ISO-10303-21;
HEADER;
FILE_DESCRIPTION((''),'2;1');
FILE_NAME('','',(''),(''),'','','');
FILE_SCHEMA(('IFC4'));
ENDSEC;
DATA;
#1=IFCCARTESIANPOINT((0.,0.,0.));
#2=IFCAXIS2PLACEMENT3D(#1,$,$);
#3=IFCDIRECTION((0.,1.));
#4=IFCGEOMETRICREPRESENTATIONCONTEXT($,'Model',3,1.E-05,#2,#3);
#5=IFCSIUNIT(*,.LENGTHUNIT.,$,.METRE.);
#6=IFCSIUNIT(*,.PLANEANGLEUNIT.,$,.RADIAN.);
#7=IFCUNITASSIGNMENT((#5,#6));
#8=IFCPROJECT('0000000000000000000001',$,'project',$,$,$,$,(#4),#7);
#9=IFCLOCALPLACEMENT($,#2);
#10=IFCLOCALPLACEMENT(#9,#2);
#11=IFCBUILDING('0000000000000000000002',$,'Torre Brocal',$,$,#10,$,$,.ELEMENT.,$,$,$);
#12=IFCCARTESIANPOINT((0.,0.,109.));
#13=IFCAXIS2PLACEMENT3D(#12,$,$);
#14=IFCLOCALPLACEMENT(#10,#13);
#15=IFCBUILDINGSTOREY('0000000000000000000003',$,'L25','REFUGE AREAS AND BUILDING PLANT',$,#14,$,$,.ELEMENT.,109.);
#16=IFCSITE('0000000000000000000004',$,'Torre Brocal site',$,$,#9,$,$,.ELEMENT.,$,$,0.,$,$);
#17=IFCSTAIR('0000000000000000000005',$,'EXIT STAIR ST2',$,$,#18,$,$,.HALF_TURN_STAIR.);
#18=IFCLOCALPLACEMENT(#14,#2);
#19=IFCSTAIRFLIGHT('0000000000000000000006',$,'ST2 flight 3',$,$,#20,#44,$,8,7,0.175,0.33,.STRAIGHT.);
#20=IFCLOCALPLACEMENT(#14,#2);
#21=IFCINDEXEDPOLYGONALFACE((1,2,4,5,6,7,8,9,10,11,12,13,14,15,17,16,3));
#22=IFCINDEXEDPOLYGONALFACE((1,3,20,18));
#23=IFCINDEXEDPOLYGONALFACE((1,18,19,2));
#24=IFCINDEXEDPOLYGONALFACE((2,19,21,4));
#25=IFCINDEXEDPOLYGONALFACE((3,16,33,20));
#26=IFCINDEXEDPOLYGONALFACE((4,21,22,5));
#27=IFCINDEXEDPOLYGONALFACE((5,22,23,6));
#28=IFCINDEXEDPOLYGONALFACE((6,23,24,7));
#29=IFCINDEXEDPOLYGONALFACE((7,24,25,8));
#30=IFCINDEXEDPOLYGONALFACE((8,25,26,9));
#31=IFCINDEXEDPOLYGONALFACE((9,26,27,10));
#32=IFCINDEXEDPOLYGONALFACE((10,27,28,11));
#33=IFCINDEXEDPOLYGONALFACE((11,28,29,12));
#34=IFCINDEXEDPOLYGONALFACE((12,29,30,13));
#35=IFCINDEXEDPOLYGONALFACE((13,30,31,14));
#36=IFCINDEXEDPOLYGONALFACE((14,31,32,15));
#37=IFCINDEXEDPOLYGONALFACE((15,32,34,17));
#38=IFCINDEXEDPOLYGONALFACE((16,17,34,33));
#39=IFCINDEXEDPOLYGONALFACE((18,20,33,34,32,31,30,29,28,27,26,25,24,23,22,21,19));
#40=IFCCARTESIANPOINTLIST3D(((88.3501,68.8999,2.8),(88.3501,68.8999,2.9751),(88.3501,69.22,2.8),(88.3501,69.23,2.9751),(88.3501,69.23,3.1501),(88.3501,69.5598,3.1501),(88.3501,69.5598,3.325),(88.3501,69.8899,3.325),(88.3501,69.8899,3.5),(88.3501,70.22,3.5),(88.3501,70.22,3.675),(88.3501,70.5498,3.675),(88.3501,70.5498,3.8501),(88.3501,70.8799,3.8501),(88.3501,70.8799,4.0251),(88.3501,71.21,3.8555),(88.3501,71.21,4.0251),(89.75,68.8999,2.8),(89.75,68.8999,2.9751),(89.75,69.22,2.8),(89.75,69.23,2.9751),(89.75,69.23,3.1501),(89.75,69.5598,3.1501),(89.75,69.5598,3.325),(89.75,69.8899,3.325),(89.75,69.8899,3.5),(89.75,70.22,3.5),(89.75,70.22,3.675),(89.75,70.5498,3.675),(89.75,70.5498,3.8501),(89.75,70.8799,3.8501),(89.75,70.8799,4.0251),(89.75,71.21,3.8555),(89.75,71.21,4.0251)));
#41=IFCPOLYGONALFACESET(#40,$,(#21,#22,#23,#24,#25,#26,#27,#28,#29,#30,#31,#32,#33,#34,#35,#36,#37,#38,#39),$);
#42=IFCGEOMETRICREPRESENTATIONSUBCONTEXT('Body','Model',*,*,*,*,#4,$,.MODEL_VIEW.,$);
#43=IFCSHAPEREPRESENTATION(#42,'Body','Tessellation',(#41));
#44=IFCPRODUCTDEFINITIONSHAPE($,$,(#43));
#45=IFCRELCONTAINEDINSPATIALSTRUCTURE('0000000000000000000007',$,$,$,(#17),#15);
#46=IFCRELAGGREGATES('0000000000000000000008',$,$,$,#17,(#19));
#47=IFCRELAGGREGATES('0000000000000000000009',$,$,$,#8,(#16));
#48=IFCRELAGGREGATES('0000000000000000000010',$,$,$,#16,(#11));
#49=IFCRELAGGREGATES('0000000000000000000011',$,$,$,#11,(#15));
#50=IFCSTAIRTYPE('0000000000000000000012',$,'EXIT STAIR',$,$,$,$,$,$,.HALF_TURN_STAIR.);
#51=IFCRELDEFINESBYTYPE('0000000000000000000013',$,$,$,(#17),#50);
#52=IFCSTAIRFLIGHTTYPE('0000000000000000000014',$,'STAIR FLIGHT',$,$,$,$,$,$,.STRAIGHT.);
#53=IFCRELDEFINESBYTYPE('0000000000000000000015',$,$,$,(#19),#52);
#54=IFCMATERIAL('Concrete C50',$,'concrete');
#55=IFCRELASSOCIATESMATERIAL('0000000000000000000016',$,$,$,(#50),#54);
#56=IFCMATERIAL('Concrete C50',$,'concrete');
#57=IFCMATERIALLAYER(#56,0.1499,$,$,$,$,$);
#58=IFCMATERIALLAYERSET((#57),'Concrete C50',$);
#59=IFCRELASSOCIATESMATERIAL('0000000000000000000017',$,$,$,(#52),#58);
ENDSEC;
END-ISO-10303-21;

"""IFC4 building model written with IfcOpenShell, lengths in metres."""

from ifc_helpers import new_model, si_unit, direction, frame, origin, place, context, subcontext, project, spatial, polyline, outline, extrude, material, layer, layer_set, type_object, element, aggregate, save


model = new_model("IFC4")

# Units and contexts
model_context = context("Model", 3, precision=1e-05, world=origin(), true_north=direction((0.0, 1.0)))
body_context = subcontext(model_context, "Body", "Model", "MODEL_VIEW")
ifc_project = project(units=[si_unit("LENGTHUNIT", "METRE"), si_unit("PLANEANGLEUNIT", "RADIAN")], contexts=[model_context])

# Site, building, storey
site_placement = place(None, origin())
site = spatial("IfcSite", under=ifc_project, at=site_placement, Name="Torre Brocal site", CompositionType="ELEMENT", RefElevation=0.0)
building_placement = place(site_placement, origin())
building = spatial("IfcBuilding", under=site, at=building_placement, Name="Torre Brocal", CompositionType="ELEMENT")
storey_placement = place(building_placement, frame((0.0, 0.0, 109.0)))
storey = spatial("IfcBuildingStorey", under=building, at=storey_placement, Name="L25", Description="REFUGE AREAS AND BUILDING PLANT", CompositionType="ELEMENT", Elevation=109.0)

# Stair, stair flight
ifc_material_1 = material(Name="Concrete C50", Category="concrete")
stair_type = type_object("IfcStairType", Name="EXIT STAIR", PredefinedType="HALF_TURN_STAIR", material=ifc_material_1)
stair_placement = place(storey_placement, origin())
stair = element("IfcStair", 1, at=stair_placement, inside=storey, type_object=stair_type, Name="EXIT STAIR ST2", PredefinedType="HALF_TURN_STAIR")
ifc_material_2 = material(Name="Concrete C50", Category="concrete")
ifc_layer_1 = layer(ifc_material_2, 0.1499)
ifc_layer_set_1 = layer_set([ifc_layer_1], Name="Concrete C50")
stair_flight_type = type_object("IfcStairFlightType", Name="STAIR FLIGHT", PredefinedType="STRAIGHT", material=ifc_layer_set_1)
stair_flight_1_placement = place(storey_placement, frame((89.05, 68.8999, 2.8), z_axis=(0.0, 0.0, 1.0), x_axis=(0.0, 1.0, 0.0)))
stair_flight_1 = element("IfcStairFlight", 2, at=stair_flight_1_placement, type_object=stair_flight_type, Name="ST2 flight 3", NumberOfRisers=8, NumberOfTreads=7, PredefinedType="STRAIGHT", RiserHeight=0.175, TreadLength=0.33, context=body_context, shape_type="SweptSolid", body=[
    extrude(outline(polyline([(0.0, 0.0), (0.0, 0.175), (0.3301, 0.175), (0.3301, 0.3501), (0.6599, 0.3501), (0.6599, 0.5249), (0.99, 0.5249), (0.99, 0.7), (1.3201, 0.7), (1.3201, 0.875), (1.6499, 0.875), (1.6499, 1.05), (1.98, 1.05), (1.98, 1.2251), (2.3101, 1.2251), (2.3101, 1.3999), (2.3101, 1.0554), (0.3201, 0.0), (0.0, 0.0)])), frame((0.0, 0.7, 0.0), z_axis=(0.0, -1.0, 0.0), x_axis=(1.0, 0.0, 0.0)), (0.0, 0.0, 1.0), 1.3999),
])
aggregate(stair, [stair_flight_1])

save(model, "model.ifc")
